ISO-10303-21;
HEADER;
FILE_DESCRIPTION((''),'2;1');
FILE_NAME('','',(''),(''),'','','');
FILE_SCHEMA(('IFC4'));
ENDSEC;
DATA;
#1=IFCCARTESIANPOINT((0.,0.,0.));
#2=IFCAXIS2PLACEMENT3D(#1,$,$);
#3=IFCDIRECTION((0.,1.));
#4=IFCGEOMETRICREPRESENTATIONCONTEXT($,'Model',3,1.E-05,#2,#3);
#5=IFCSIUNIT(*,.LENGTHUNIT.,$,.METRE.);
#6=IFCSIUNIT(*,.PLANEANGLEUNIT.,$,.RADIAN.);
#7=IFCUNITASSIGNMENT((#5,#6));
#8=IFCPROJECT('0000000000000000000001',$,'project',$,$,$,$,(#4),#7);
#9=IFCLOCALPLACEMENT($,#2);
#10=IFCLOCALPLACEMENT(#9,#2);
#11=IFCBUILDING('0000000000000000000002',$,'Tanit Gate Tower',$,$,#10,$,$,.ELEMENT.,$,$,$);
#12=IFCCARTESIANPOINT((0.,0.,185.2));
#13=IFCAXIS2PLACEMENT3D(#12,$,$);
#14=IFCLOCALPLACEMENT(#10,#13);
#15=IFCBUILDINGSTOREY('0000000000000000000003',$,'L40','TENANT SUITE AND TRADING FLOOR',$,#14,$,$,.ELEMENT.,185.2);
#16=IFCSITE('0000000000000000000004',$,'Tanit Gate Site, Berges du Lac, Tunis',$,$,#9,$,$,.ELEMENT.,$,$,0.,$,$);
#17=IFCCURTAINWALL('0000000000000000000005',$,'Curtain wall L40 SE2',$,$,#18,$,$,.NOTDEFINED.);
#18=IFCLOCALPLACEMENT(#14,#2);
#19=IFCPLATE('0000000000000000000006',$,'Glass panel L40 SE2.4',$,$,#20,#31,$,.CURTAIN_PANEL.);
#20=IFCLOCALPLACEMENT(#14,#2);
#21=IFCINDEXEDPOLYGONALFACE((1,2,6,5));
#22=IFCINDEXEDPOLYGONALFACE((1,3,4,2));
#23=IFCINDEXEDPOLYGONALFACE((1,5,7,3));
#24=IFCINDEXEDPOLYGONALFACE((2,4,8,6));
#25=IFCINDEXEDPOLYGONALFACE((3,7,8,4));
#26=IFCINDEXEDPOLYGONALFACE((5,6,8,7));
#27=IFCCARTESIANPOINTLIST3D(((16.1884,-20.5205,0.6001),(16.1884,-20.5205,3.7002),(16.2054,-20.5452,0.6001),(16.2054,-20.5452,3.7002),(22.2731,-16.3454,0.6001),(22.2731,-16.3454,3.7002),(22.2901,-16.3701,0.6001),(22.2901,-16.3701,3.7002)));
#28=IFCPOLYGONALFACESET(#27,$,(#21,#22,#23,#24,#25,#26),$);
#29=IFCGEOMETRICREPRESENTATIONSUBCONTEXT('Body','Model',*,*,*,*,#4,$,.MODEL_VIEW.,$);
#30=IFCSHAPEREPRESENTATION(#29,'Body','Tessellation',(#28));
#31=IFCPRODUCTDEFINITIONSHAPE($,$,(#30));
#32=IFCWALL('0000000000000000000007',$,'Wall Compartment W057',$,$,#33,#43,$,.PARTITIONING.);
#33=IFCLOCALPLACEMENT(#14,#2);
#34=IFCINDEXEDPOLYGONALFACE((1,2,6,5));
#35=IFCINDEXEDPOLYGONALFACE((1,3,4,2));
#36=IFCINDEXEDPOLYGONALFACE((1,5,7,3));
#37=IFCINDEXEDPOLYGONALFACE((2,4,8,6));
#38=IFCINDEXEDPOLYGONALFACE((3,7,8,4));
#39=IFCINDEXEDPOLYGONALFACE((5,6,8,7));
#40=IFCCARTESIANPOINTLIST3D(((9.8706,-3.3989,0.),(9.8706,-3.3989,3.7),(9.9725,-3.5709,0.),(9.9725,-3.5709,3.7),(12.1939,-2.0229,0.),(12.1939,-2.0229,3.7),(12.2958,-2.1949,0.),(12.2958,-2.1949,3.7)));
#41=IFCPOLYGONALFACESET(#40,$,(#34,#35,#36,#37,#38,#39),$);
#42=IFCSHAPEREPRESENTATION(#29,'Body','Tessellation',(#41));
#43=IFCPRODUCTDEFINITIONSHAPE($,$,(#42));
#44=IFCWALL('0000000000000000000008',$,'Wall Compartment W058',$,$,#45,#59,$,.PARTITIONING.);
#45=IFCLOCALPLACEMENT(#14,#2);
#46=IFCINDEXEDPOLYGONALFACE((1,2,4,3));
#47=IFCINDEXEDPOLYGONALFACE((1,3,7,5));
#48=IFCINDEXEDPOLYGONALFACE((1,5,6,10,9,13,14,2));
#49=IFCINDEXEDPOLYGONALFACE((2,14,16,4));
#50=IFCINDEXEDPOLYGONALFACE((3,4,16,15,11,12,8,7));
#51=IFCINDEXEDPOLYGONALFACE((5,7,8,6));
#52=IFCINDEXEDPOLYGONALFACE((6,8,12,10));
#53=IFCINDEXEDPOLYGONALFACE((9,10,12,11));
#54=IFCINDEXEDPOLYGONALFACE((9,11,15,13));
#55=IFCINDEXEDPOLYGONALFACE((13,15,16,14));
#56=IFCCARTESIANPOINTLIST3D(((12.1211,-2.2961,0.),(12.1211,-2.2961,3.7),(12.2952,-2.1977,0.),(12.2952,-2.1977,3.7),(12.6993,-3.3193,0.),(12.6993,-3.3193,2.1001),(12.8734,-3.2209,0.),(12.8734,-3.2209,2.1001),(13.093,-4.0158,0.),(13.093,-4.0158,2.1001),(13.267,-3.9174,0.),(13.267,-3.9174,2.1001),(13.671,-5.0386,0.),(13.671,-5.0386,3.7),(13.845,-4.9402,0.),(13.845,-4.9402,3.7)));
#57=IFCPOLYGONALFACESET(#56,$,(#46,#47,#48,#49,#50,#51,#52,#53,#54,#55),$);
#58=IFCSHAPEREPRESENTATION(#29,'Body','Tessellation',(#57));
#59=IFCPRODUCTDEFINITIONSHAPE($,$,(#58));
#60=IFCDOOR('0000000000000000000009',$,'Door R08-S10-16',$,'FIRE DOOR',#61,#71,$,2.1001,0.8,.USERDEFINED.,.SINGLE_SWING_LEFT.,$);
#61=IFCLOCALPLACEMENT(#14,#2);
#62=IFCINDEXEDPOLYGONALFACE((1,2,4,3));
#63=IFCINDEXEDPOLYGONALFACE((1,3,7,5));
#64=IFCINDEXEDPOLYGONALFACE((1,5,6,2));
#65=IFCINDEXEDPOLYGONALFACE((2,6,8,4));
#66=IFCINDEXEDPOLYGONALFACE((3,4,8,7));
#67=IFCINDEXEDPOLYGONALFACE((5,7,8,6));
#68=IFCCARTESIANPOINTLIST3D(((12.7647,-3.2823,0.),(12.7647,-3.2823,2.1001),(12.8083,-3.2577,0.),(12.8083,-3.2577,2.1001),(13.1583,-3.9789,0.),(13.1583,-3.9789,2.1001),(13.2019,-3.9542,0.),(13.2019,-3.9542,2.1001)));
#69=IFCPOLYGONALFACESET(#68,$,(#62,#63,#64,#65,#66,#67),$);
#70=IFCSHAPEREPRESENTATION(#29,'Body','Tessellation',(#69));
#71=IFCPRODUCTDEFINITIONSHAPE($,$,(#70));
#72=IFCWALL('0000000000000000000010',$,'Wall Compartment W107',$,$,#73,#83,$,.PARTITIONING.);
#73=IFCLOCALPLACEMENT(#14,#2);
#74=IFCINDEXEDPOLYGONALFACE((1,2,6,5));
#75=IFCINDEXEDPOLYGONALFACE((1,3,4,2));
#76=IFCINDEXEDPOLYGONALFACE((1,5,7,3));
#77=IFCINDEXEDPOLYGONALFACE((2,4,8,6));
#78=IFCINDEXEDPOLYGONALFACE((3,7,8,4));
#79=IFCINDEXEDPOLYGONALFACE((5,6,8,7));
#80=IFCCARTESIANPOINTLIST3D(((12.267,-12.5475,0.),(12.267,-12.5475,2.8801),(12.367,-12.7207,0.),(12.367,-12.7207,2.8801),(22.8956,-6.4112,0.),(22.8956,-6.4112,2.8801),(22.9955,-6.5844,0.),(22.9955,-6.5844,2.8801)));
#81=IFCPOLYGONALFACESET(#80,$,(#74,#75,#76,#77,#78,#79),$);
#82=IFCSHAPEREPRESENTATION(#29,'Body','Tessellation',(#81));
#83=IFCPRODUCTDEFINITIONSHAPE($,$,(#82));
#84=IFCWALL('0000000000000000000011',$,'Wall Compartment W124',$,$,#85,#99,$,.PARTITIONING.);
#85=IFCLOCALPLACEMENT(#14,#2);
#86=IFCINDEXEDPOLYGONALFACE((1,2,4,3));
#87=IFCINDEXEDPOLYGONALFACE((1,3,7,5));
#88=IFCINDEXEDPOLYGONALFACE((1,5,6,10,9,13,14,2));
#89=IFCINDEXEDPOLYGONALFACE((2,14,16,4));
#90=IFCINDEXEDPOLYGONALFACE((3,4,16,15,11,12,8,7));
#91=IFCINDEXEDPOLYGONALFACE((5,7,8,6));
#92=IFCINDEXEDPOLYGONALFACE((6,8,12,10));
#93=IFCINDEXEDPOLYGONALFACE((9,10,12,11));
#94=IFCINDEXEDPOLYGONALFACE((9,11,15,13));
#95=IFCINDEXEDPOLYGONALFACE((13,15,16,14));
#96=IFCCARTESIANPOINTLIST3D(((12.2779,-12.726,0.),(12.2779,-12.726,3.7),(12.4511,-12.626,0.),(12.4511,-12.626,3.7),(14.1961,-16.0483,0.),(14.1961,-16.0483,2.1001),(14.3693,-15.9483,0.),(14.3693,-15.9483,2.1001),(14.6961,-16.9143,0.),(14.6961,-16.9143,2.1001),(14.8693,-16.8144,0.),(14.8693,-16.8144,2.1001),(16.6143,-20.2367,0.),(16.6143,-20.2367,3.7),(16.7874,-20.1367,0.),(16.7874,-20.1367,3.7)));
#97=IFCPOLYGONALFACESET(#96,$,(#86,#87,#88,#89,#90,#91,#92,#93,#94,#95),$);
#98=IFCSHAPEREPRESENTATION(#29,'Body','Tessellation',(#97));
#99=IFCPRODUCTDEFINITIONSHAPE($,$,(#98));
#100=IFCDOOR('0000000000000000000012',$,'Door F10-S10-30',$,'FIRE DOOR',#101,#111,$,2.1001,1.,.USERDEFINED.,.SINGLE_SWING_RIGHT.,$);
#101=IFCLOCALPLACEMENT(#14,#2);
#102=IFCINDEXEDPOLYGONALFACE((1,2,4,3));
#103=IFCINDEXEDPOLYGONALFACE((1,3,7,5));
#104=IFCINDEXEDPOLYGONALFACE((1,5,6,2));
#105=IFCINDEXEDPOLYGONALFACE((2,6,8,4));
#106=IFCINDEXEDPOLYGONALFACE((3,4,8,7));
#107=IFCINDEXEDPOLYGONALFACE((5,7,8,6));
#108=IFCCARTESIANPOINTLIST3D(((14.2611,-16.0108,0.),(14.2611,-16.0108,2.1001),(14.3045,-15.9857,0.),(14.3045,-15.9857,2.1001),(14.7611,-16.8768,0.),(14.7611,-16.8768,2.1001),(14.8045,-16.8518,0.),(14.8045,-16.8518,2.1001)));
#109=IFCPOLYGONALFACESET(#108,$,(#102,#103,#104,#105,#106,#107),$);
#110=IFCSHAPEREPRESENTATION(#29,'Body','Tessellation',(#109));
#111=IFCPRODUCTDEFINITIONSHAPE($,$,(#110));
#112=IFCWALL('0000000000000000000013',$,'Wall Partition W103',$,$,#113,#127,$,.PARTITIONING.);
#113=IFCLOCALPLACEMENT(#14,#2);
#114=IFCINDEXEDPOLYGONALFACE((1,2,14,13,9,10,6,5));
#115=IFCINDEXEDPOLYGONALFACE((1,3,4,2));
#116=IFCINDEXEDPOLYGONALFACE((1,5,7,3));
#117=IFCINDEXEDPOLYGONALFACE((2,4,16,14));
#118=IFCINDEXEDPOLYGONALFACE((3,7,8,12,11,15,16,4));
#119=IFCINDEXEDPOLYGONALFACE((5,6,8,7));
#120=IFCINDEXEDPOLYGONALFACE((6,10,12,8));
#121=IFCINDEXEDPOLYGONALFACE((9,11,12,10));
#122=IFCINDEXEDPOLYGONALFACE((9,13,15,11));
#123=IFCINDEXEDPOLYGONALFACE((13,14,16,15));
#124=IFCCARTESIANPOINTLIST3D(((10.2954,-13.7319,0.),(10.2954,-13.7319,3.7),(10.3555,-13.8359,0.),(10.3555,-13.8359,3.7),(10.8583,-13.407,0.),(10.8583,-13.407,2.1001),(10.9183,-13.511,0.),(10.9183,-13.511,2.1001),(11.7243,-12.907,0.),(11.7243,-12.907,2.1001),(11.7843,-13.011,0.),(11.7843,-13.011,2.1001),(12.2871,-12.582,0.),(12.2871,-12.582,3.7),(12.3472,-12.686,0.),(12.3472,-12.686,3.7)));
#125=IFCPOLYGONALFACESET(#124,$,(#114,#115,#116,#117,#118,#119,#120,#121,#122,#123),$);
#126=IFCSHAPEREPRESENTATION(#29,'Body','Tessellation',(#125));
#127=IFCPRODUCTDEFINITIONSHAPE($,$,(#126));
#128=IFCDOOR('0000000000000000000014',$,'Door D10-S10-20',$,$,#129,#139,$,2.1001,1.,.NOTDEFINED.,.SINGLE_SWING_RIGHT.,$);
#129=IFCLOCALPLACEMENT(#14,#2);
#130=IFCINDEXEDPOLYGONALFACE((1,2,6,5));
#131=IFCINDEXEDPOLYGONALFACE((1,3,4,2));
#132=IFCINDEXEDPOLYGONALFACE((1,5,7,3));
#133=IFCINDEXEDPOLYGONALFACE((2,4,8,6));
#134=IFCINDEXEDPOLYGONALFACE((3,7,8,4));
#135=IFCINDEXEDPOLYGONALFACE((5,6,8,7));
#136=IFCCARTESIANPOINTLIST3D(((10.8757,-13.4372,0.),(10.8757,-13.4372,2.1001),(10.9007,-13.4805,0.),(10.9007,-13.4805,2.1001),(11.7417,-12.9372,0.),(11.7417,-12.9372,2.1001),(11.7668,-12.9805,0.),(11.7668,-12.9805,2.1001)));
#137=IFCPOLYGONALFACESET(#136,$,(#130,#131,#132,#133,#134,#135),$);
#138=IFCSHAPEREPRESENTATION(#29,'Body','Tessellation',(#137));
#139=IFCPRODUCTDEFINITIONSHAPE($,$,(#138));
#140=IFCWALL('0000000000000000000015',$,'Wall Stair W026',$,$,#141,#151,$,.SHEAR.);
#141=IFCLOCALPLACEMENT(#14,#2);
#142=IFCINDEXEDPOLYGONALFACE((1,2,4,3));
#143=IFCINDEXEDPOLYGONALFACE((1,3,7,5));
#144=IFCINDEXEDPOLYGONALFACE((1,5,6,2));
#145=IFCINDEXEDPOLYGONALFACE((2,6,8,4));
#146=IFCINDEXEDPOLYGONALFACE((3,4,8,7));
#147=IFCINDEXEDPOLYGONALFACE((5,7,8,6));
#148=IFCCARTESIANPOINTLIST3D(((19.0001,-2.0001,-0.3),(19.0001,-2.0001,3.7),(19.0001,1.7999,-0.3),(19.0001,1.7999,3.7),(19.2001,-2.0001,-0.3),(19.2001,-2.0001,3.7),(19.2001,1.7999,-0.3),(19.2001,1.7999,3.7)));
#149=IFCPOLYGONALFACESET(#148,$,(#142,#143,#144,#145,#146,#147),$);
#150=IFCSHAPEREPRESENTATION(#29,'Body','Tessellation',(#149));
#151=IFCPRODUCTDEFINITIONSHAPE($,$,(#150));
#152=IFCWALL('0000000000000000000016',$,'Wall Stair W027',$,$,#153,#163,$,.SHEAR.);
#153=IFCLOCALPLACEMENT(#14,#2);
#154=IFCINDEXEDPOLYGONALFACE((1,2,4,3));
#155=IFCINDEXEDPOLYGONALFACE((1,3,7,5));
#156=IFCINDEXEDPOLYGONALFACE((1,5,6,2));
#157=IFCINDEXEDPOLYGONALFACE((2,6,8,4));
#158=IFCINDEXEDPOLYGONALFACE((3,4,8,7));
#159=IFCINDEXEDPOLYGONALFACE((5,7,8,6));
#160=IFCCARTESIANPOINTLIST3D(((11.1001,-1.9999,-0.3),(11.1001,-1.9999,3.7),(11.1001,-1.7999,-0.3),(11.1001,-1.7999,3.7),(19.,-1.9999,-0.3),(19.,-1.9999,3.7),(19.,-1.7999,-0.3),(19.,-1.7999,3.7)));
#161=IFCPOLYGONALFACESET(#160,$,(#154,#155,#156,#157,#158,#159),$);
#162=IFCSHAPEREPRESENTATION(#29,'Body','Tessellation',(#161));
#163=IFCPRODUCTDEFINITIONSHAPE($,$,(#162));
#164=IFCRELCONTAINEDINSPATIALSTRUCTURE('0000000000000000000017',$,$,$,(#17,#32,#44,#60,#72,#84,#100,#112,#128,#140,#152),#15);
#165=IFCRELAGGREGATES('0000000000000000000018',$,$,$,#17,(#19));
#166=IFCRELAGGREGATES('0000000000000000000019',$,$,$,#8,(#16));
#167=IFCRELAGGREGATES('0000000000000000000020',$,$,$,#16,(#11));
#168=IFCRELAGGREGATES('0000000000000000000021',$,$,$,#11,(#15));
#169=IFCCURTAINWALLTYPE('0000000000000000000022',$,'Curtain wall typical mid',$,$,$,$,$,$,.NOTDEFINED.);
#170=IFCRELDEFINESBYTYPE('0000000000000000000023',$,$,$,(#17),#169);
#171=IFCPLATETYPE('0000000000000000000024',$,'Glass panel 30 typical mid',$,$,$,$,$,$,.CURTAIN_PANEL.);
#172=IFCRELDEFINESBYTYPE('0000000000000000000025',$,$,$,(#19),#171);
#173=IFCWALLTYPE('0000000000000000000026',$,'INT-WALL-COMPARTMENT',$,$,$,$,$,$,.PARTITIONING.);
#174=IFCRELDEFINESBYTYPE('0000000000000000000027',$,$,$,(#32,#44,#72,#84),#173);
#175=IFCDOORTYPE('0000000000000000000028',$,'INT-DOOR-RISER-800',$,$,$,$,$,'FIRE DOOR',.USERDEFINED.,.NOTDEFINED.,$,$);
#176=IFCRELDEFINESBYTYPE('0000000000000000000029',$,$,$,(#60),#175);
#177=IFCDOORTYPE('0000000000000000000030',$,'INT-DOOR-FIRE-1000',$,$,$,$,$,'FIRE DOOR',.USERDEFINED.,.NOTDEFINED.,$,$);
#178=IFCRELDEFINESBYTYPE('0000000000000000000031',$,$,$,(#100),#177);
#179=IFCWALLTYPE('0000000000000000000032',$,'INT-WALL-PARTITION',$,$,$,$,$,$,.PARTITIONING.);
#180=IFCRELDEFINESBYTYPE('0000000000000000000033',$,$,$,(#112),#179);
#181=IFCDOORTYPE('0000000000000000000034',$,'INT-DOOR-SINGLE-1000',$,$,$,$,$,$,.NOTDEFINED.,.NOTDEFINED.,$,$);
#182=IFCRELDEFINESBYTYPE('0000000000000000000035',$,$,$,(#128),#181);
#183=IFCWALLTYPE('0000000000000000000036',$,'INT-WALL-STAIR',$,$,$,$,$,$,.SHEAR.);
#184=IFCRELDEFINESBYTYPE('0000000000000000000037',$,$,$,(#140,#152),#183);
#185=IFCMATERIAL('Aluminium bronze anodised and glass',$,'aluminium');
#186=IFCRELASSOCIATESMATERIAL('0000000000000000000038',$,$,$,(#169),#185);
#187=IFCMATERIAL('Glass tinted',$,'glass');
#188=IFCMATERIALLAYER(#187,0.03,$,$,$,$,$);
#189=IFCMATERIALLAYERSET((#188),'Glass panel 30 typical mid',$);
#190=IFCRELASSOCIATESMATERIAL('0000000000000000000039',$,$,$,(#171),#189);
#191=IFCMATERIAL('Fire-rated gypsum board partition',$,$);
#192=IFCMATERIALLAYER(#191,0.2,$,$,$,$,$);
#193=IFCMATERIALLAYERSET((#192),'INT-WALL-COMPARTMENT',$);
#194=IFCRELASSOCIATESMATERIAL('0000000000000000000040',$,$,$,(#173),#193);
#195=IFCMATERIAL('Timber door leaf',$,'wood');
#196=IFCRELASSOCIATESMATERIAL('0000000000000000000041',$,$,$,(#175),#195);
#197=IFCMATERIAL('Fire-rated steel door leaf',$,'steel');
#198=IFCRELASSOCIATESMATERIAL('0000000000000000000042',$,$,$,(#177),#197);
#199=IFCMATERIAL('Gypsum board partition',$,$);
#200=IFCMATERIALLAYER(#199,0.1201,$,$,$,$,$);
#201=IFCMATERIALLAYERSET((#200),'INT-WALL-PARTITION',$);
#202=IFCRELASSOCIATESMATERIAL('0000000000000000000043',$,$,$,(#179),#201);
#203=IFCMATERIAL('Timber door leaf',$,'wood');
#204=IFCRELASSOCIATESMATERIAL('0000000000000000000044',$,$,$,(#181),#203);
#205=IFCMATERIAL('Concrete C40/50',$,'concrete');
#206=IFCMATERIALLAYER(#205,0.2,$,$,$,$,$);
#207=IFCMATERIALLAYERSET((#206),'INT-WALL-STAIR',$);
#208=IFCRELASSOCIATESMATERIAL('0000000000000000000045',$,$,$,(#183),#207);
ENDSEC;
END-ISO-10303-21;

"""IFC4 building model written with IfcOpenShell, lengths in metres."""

from ifc_helpers import new_model, si_unit, direction, frame, frame_2d, origin, origin_2d, place, context, subcontext, project, spatial, rectangle, extrude, material, layer, layer_set, type_object, element, fill, aggregate, save


model = new_model("IFC4")

# Units and contexts
model_context = context("Model", 3, precision=1e-05, world=origin(), true_north=direction((0.0, 1.0)))
body_context = subcontext(model_context, "Body", "Model", "MODEL_VIEW")
ifc_project = project(units=[si_unit("LENGTHUNIT", "METRE"), si_unit("PLANEANGLEUNIT", "RADIAN")], contexts=[model_context])

# Site, building, storey
site_placement = place(None, origin())
site = spatial("IfcSite", under=ifc_project, at=site_placement, Name="Tanit Gate Site, Berges du Lac, Tunis", CompositionType="ELEMENT", RefElevation=0.0)
building_placement = place(site_placement, origin())
building = spatial("IfcBuilding", under=site, at=building_placement, Name="Tanit Gate Tower", CompositionType="ELEMENT")
storey_placement = place(building_placement, frame((0.0, 0.0, 185.2)))
storey = spatial("IfcBuildingStorey", under=building, at=storey_placement, Name="L40", Description="TENANT SUITE AND TRADING FLOOR", CompositionType="ELEMENT", Elevation=185.2)

# Curtain wall
ifc_material_1 = material(Name="Aluminium bronze anodised and glass", Category="aluminium")
curtain_wall_type = type_object("IfcCurtainWallType", Name="Curtain wall typical mid", PredefinedType="NOTDEFINED", material=ifc_material_1)
curtain_wall_placement = place(storey_placement, origin())
curtain_wall = element("IfcCurtainWall", 1, at=curtain_wall_placement, inside=storey, type_object=curtain_wall_type, Name="Curtain wall L40 SE2", PredefinedType="NOTDEFINED")

# Plate
ifc_material_2 = material(Name="Glass tinted", Category="glass")
ifc_layer_1 = layer(ifc_material_2, 0.03)
ifc_layer_set_1 = layer_set([ifc_layer_1], Name="Glass panel 30 typical mid")
plate_type = type_object("IfcPlateType", Name="Glass panel 30 typical mid", PredefinedType="CURTAIN_PANEL", material=ifc_layer_set_1)
plate_1_placement = place(storey_placement, frame((19.2393, -18.4453, 0.6001), z_axis=(0.0, 0.0, 1.0), x_axis=(0.824557, 0.56578, 0.0)))
plate_1 = element("IfcPlate", 2, at=plate_1_placement, type_object=plate_type, Name="Glass panel L40 SE2.4", PredefinedType="CURTAIN_PANEL", context=body_context, shape_type="SweptSolid", body=[
    extrude(rectangle(XDim=7.3794, YDim=0.03, at=origin_2d()), origin(), (0.0, 0.0, 1.0), 3.1001),
])
aggregate(curtain_wall, [plate_1])

# Wall
ifc_material_3 = material(Name="Fire-rated gypsum board partition")
ifc_layer_2 = layer(ifc_material_3, 0.2)
ifc_layer_set_2 = layer_set([ifc_layer_2], Name="INT-WALL-COMPARTMENT")
wall_type_1 = type_object("IfcWallType", Name="INT-WALL-COMPARTMENT", PredefinedType="PARTITIONING", material=ifc_layer_set_2)
wall_1_placement = place(storey_placement, frame((12.2449, -2.1089, 0.0), z_axis=(0.0, 0.0, 1.0), x_axis=(-0.860415, -0.509594, 0.0)))
element("IfcWall", 3, at=wall_1_placement, inside=storey, type_object=wall_type_1, Name="Wall Compartment W057", PredefinedType="PARTITIONING", context=body_context, shape_type="SweptSolid", body=[
    extrude(rectangle(XDim=2.7002, YDim=0.2, at=frame_2d((1.3501, 0.0))), origin(), (0.0, 0.0, 1.0), 3.7),
])

# Wall, opening, door
wall_2_placement = place(storey_placement, frame((13.7581, -4.9895, 0.0), z_axis=(0.0, 0.0, 1.0), x_axis=(-0.491993, 0.870599, 0.0)))
wall_2 = element("IfcWall", 4, at=wall_2_placement, inside=storey, type_object=wall_type_1, Name="Wall Compartment W058", PredefinedType="PARTITIONING", context=body_context, shape_type="SweptSolid", body=[
    extrude(rectangle(XDim=3.1501, YDim=0.2, at=frame_2d((1.5752, 0.0))), origin(), (0.0, 0.0, 1.0), 3.7),
])
opening_1_placement = place(wall_2_placement, frame((1.175, 0.0, 0.0)))
opening_1 = element("IfcOpeningElement", 5, at=opening_1_placement, cuts=wall_2, PredefinedType="OPENING", context=body_context, shape_type="SweptSolid", body=[
    extrude(rectangle(XDim=0.8, YDim=2.1001, at=frame_2d((0.3999, 1.05))), frame((0.0, 0.1099, 0.0), z_axis=(0.0, -1.0, 0.0), x_axis=(1.0, 0.0, 0.0)), (0.0, 0.0, 1.0), 0.22),
])
ifc_material_4 = material(Name="Timber door leaf", Category="wood")
door_type_1 = type_object("IfcDoorType", Name="INT-DOOR-RISER-800", ElementType="FIRE DOOR", OperationType="NOTDEFINED", PredefinedType="USERDEFINED", material=ifc_material_4)
door_1_placement = place(opening_1_placement, origin())
door_1 = element("IfcDoor", 6, at=door_1_placement, inside=storey, type_object=door_type_1, Name="Door R08-S10-16", ObjectType="FIRE DOOR", OperationType="SINGLE_SWING_LEFT", OverallHeight=2.1001, OverallWidth=0.8, PredefinedType="USERDEFINED", context=body_context, shape_type="SweptSolid", body=[
    extrude(rectangle(XDim=0.8, YDim=2.1001, at=frame_2d((0.3999, 1.05))), frame((0.0, 0.0249, 0.0), z_axis=(0.0, -1.0, 0.0), x_axis=(1.0, 0.0, 0.0)), (0.0, 0.0, 1.0), 0.05),
])
fill(opening_1, door_1)

# Wall
wall_3_placement = place(storey_placement, frame((12.3171, -12.634, 0.0), z_axis=(0.0, 0.0, 1.0), x_axis=(0.866029, 0.499995, 0.0)))
element("IfcWall", 7, at=wall_3_placement, inside=storey, type_object=wall_type_1, Name="Wall Compartment W107", PredefinedType="PARTITIONING", context=body_context, shape_type="SweptSolid", body=[
    extrude(rectangle(XDim=12.2727, YDim=0.2, at=frame_2d((6.1362, 0.0))), origin(), (0.0, 0.0, 1.0), 2.8801),
])

# Walls, openings, doors
wall_4_placement = place(storey_placement, frame((16.7009, -20.1868, 0.0), z_axis=(0.0, 0.0, 1.0), x_axis=(-0.500008, 0.866021, 0.0)))
wall_4 = element("IfcWall", 8, at=wall_4_placement, inside=storey, type_object=wall_type_1, Name="Wall Compartment W124", PredefinedType="PARTITIONING", context=body_context, shape_type="SweptSolid", body=[
    extrude(rectangle(XDim=8.6726, YDim=0.2, at=frame_2d((4.3364, 0.0))), origin(), (0.0, 0.0, 1.0), 3.7),
])
opening_2_placement = place(wall_4_placement, frame((3.8364, 0.0, 0.0)))
opening_2 = element("IfcOpeningElement", 9, at=opening_2_placement, cuts=wall_4, PredefinedType="OPENING", context=body_context, shape_type="SweptSolid", body=[
    extrude(rectangle(XDim=1.0, YDim=2.1001, at=frame_2d((0.5, 1.05))), frame((0.0, 0.1099, 0.0), z_axis=(0.0, -1.0, 0.0), x_axis=(1.0, 0.0, 0.0)), (0.0, 0.0, 1.0), 0.22),
])
ifc_material_5 = material(Name="Fire-rated steel door leaf", Category="steel")
door_type_2 = type_object("IfcDoorType", Name="INT-DOOR-FIRE-1000", ElementType="FIRE DOOR", OperationType="NOTDEFINED", PredefinedType="USERDEFINED", material=ifc_material_5)
door_2_placement = place(opening_2_placement, origin())
door_2 = element("IfcDoor", 10, at=door_2_placement, inside=storey, type_object=door_type_2, Name="Door F10-S10-30", ObjectType="FIRE DOOR", OperationType="SINGLE_SWING_RIGHT", OverallHeight=2.1001, OverallWidth=1.0, PredefinedType="USERDEFINED", context=body_context, shape_type="SweptSolid", body=[
    extrude(rectangle(XDim=1.0, YDim=2.1001, at=frame_2d((0.5, 1.05))), frame((0.0, 0.0249, 0.0), z_axis=(0.0, -1.0, 0.0), x_axis=(1.0, 0.0, 0.0)), (0.0, 0.0, 1.0), 0.05),
])
fill(opening_2, door_2)
ifc_material_6 = material(Name="Gypsum board partition")
ifc_layer_3 = layer(ifc_material_6, 0.1201)
ifc_layer_set_3 = layer_set([ifc_layer_3], Name="INT-WALL-PARTITION")
wall_type_2 = type_object("IfcWallType", Name="INT-WALL-PARTITION", PredefinedType="PARTITIONING", material=ifc_layer_set_3)
wall_5_placement = place(storey_placement, frame((12.3171, -12.634, 0.0), z_axis=(0.0, 0.0, 1.0), x_axis=(-0.866026, -0.499998, 0.0)))
wall_5 = element("IfcWall", 11, at=wall_5_placement, inside=storey, type_object=wall_type_2, Name="Wall Partition W103", PredefinedType="PARTITIONING", context=body_context, shape_type="SweptSolid", body=[
    extrude(rectangle(XDim=2.2998, YDim=0.1201, at=frame_2d((1.1499, 0.0))), origin(), (0.0, 0.0, 1.0), 3.7),
])
opening_3_placement = place(wall_5_placement, frame((0.6499, 0.0, 0.0)))
opening_3 = element("IfcOpeningElement", 12, at=opening_3_placement, cuts=wall_5, PredefinedType="OPENING", context=body_context, shape_type="SweptSolid", body=[
    extrude(rectangle(XDim=1.0, YDim=2.1001, at=frame_2d((0.5, 1.05))), frame((0.0, 0.0701, 0.0), z_axis=(0.0, -1.0, 0.0), x_axis=(1.0, 0.0, 0.0)), (0.0, 0.0, 1.0), 0.1401),
])
ifc_material_7 = material(Name="Timber door leaf", Category="wood")
door_type_3 = type_object("IfcDoorType", Name="INT-DOOR-SINGLE-1000", OperationType="NOTDEFINED", PredefinedType="NOTDEFINED", material=ifc_material_7)
door_3_placement = place(opening_3_placement, origin())
door_3 = element("IfcDoor", 13, at=door_3_placement, inside=storey, type_object=door_type_3, Name="Door D10-S10-20", OperationType="SINGLE_SWING_RIGHT", OverallHeight=2.1001, OverallWidth=1.0, PredefinedType="NOTDEFINED", context=body_context, shape_type="SweptSolid", body=[
    extrude(rectangle(XDim=1.0, YDim=2.1001, at=frame_2d((0.5, 1.05))), frame((0.0, 0.0249, 0.0), z_axis=(0.0, -1.0, 0.0), x_axis=(1.0, 0.0, 0.0)), (0.0, 0.0, 1.0), 0.05),
])
fill(opening_3, door_3)

# Walls
ifc_material_8 = material(Name="Concrete C40/50", Category="concrete")
ifc_layer_4 = layer(ifc_material_8, 0.2)
ifc_layer_set_4 = layer_set([ifc_layer_4], Name="INT-WALL-STAIR")
wall_type_3 = type_object("IfcWallType", Name="INT-WALL-STAIR", PredefinedType="SHEAR", material=ifc_layer_set_4)
wall_6_placement = place(storey_placement, frame((19.1001, -2.0, -0.3), z_axis=(0.0, 0.0, 1.0), x_axis=(0.0, 1.0, 0.0)))
element("IfcWall", 14, at=wall_6_placement, inside=storey, type_object=wall_type_3, Name="Wall Stair W026", PredefinedType="SHEAR", context=body_context, shape_type="SweptSolid", body=[
    extrude(rectangle(XDim=3.8, YDim=0.2, at=frame_2d((1.8999, 0.0))), origin(), (0.0, 0.0, 1.0), 4.0),
])
wall_7_placement = place(storey_placement, frame((11.1001, -1.8999, -0.3), z_axis=(0.0, 0.0, 1.0), x_axis=(1.0, 0.0, 0.0)))
element("IfcWall", 15, at=wall_7_placement, inside=storey, type_object=wall_type_3, Name="Wall Stair W027", PredefinedType="SHEAR", context=body_context, shape_type="SweptSolid", body=[
    extrude(rectangle(XDim=7.8999, YDim=0.2, at=frame_2d((3.95, 0.0))), origin(), (0.0, 0.0, 1.0), 4.0),
])

save(model, "model.ifc")
